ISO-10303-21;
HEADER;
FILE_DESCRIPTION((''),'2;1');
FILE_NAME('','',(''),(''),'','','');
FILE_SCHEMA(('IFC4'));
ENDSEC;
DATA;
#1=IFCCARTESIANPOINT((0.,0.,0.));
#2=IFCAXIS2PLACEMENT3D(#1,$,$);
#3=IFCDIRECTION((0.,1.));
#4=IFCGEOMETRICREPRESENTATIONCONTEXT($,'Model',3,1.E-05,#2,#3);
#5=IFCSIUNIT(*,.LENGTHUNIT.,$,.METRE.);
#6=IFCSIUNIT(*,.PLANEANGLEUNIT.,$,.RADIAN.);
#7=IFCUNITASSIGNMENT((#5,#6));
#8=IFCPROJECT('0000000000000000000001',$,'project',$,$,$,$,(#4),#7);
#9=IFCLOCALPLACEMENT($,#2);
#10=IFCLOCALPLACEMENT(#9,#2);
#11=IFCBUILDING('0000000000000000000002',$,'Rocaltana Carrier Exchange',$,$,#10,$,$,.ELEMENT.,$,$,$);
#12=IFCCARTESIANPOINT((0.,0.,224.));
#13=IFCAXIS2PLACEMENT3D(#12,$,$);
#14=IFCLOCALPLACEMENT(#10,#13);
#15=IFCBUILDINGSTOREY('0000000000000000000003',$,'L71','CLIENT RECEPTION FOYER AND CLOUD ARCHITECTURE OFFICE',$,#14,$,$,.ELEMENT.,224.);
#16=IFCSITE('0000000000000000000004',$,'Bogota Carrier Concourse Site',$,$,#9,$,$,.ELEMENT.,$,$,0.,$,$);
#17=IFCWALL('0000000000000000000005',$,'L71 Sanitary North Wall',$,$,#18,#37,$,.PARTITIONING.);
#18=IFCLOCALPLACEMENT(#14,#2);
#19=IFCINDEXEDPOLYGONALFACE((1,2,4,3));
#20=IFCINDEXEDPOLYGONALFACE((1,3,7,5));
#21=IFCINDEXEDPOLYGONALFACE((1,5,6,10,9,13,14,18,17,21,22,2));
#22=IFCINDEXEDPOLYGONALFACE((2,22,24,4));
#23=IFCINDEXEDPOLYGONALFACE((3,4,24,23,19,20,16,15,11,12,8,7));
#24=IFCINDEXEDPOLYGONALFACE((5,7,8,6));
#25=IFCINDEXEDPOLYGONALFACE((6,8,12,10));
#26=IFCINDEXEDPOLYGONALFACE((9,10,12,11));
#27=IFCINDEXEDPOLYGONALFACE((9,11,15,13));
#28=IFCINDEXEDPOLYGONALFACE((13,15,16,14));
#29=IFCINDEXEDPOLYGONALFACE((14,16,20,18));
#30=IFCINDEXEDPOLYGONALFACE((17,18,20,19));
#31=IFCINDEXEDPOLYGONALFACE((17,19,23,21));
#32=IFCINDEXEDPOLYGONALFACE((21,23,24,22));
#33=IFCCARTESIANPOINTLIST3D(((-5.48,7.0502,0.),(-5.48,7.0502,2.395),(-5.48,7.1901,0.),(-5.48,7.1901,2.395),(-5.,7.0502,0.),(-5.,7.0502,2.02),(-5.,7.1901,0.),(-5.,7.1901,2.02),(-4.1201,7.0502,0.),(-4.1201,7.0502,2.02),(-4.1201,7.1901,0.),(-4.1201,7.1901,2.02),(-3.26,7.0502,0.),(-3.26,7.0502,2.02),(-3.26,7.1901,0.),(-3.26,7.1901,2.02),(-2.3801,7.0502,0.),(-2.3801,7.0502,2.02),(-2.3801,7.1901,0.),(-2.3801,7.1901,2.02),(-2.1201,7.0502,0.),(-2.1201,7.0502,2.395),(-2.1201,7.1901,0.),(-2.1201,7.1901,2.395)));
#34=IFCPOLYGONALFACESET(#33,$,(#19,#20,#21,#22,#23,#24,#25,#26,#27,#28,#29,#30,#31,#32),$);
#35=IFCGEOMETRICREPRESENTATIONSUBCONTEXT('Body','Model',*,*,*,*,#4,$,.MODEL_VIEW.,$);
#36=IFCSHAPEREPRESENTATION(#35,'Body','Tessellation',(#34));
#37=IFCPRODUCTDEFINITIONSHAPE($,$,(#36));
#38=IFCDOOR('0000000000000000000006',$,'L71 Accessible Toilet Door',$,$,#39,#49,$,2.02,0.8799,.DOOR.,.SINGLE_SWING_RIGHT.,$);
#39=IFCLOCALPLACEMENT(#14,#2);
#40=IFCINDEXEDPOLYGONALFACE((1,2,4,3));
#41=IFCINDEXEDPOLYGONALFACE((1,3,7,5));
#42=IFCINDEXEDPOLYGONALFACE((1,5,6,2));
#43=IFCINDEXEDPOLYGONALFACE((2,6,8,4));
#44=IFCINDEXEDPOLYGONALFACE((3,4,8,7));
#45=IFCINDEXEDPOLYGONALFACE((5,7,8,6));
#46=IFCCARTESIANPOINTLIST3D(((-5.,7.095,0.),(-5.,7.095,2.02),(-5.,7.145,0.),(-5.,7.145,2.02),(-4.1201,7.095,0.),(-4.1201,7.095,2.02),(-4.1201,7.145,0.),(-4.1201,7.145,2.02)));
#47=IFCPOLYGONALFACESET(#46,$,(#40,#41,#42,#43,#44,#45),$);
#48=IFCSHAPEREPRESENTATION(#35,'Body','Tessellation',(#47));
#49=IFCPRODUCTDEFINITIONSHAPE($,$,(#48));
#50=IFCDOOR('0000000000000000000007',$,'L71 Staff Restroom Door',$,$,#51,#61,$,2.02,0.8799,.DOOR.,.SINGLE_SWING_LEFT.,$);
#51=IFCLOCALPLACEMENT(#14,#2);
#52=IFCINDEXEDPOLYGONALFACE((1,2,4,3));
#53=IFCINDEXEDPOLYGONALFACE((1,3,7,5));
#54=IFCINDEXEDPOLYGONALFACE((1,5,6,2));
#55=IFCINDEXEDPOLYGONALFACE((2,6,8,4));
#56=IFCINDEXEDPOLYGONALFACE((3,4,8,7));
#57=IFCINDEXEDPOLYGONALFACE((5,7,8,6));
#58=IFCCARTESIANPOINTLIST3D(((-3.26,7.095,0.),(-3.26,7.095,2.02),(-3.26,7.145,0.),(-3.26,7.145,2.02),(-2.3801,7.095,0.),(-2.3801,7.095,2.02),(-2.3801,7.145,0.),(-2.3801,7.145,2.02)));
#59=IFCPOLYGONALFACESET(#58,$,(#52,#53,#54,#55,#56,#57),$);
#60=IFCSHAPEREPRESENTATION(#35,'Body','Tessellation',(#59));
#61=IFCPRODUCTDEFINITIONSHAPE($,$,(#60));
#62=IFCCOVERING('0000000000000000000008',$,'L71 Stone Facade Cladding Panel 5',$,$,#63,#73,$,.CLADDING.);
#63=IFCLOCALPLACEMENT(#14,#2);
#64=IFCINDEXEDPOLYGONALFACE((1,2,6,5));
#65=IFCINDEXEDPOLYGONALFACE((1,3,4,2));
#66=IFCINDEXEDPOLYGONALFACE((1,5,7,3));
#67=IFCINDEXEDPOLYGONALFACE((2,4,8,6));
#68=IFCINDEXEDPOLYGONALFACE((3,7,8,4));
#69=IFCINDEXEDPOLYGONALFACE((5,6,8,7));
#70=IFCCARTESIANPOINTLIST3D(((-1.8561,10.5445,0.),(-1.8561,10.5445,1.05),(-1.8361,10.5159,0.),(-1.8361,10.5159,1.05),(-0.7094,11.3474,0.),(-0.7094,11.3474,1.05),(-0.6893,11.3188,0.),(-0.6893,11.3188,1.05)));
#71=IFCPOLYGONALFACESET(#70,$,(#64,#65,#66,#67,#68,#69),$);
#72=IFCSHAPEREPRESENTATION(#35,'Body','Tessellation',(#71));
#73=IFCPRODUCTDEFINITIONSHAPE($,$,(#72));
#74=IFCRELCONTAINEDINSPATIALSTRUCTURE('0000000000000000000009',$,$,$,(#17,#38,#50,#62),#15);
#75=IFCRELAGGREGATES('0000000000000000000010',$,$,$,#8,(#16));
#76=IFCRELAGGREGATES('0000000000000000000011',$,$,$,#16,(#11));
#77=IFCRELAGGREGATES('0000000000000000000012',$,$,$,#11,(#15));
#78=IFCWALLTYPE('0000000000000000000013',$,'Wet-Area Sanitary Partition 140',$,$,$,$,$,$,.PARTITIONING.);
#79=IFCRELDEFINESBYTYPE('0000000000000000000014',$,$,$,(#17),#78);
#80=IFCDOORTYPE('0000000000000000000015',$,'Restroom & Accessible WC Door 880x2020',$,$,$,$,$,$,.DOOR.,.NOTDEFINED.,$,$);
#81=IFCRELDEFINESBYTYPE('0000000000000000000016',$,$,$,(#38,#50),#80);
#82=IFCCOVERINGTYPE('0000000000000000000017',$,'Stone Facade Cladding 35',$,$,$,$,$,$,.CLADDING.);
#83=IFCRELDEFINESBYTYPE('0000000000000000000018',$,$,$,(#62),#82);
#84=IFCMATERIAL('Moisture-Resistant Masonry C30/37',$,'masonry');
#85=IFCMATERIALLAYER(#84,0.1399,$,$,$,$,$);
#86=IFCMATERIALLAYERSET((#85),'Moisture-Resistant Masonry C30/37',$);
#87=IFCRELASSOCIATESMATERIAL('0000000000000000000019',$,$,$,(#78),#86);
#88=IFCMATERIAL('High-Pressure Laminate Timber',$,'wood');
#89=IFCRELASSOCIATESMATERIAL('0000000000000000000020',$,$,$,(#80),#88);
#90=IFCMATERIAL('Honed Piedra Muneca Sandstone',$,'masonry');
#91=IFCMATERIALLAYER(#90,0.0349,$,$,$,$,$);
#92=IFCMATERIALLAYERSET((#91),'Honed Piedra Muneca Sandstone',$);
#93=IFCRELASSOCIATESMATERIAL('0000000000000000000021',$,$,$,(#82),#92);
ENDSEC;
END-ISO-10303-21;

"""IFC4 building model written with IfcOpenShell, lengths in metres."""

from ifc_helpers import new_model, si_unit, direction, frame, frame_2d, origin, origin_2d, place, context, subcontext, project, spatial, rectangle, extrude, material, layer, layer_set, type_object, element, fill, save


model = new_model("IFC4")

# Units and contexts
model_context = context("Model", 3, precision=1e-05, world=origin(), true_north=direction((0.0, 1.0)))
body_context = subcontext(model_context, "Body", "Model", "MODEL_VIEW")
ifc_project = project(units=[si_unit("LENGTHUNIT", "METRE"), si_unit("PLANEANGLEUNIT", "RADIAN")], contexts=[model_context])

# Site, building, storey
site_placement = place(None, origin())
site = spatial("IfcSite", under=ifc_project, at=site_placement, Name="Bogota Carrier Concourse Site", CompositionType="ELEMENT", RefElevation=0.0)
building_placement = place(site_placement, origin())
building = spatial("IfcBuilding", under=site, at=building_placement, Name="Rocaltana Carrier Exchange", CompositionType="ELEMENT")
storey_placement = place(building_placement, frame((0.0, 0.0, 224.0)))
storey = spatial("IfcBuildingStorey", under=building, at=storey_placement, Name="L71", Description="CLIENT RECEPTION FOYER AND CLOUD ARCHITECTURE OFFICE", CompositionType="ELEMENT", Elevation=224.0)

# Shared definitions
ifc_material_1 = material(Name="Moisture-Resistant Masonry C30/37", Category="masonry")
ifc_layer_1 = layer(ifc_material_1, 0.1399)
ifc_layer_set_1 = layer_set([ifc_layer_1], Name="Moisture-Resistant Masonry C30/37")
wall_type_1 = type_object("IfcWallType", Name="Wet-Area Sanitary Partition 140", PredefinedType="PARTITIONING", material=ifc_layer_set_1)

# Wall, openings, doors
wall_1_placement = place(storey_placement, frame((-5.48, 7.1201, 0.0), z_axis=(0.0, 0.0, 1.0), x_axis=(1.0, 0.0, 0.0)))
wall_1 = element("IfcWall", 1, at=wall_1_placement, inside=storey, type_object=wall_type_1, Name="L71 Sanitary North Wall", PredefinedType="PARTITIONING", context=body_context, shape_type="SweptSolid", body=[
    extrude(rectangle(XDim=3.3599, YDim=0.1399, at=frame_2d((1.6799, 0.0))), origin(), (0.0, 0.0, 1.0), 2.395),
])
opening_1_placement = place(wall_1_placement, frame((0.48, 0.0, 0.0)))
opening_1 = element("IfcOpeningElement", 2, at=opening_1_placement, cuts=wall_1, PredefinedType="OPENING", context=body_context, shape_type="SweptSolid", body=[
    extrude(rectangle(XDim=0.8799, YDim=2.02, at=frame_2d((0.4399, 1.01))), frame((0.0, 0.0798, 0.0), z_axis=(0.0, -1.0, 0.0), x_axis=(1.0, 0.0, 0.0)), (0.0, 0.0, 1.0), 0.1599),
])
opening_2_placement = place(wall_1_placement, frame((2.22, 0.0, 0.0)))
opening_2 = element("IfcOpeningElement", 3, at=opening_2_placement, cuts=wall_1, PredefinedType="OPENING", context=body_context, shape_type="SweptSolid", body=[
    extrude(rectangle(XDim=0.8799, YDim=2.02, at=frame_2d((0.4399, 1.01))), frame((0.0, 0.0798, 0.0), z_axis=(0.0, -1.0, 0.0), x_axis=(1.0, 0.0, 0.0)), (0.0, 0.0, 1.0), 0.1599),
])
ifc_material_2 = material(Name="High-Pressure Laminate Timber", Category="wood")
door_type_1 = type_object("IfcDoorType", Name="Restroom & Accessible WC Door 880x2020", OperationType="NOTDEFINED", PredefinedType="DOOR", material=ifc_material_2)
door_1_placement = place(opening_1_placement, origin())
door_1 = element("IfcDoor", 4, at=door_1_placement, inside=storey, type_object=door_type_1, Name="L71 Accessible Toilet Door", OperationType="SINGLE_SWING_RIGHT", OverallHeight=2.02, OverallWidth=0.8799, PredefinedType="DOOR", context=body_context, shape_type="SweptSolid", body=[
    extrude(rectangle(XDim=0.8799, YDim=2.02, at=frame_2d((0.4399, 1.01))), frame((0.0, 0.0249, 0.0), z_axis=(0.0, -1.0, 0.0), x_axis=(1.0, 0.0, 0.0)), (0.0, 0.0, 1.0), 0.05),
])
fill(opening_1, door_1)
door_2_placement = place(opening_2_placement, origin())
door_2 = element("IfcDoor", 5, at=door_2_placement, inside=storey, type_object=door_type_1, Name="L71 Staff Restroom Door", OperationType="SINGLE_SWING_LEFT", OverallHeight=2.02, OverallWidth=0.8799, PredefinedType="DOOR", context=body_context, shape_type="SweptSolid", body=[
    extrude(rectangle(XDim=0.8799, YDim=2.02, at=frame_2d((0.4399, 1.01))), frame((0.0, 0.0249, 0.0), z_axis=(0.0, -1.0, 0.0), x_axis=(1.0, 0.0, 0.0)), (0.0, 0.0, 1.0), 0.05),
])
fill(opening_2, door_2)

# Covering
ifc_material_3 = material(Name="Honed Piedra Muneca Sandstone", Category="masonry")
ifc_layer_2 = layer(ifc_material_3, 0.0349)
ifc_layer_set_2 = layer_set([ifc_layer_2], Name="Honed Piedra Muneca Sandstone")
covering_type = type_object("IfcCoveringType", Name="Stone Facade Cladding 35", PredefinedType="CLADDING", material=ifc_layer_set_2)
covering_placement = place(storey_placement, frame((-1.2727, 10.9316, 0.0), z_axis=(0.0, 0.0, 1.0), x_axis=(0.819152, 0.573576, 0.0)))
element("IfcCovering", 6, at=covering_placement, inside=storey, type_object=covering_type, Name="L71 Stone Facade Cladding Panel 5", PredefinedType="CLADDING", context=body_context, shape_type="SweptSolid", body=[
    extrude(rectangle(XDim=1.3999, YDim=0.0349, at=origin_2d()), origin(), (0.0, 0.0, 1.0), 1.05),
])

save(model, "model.ifc")
